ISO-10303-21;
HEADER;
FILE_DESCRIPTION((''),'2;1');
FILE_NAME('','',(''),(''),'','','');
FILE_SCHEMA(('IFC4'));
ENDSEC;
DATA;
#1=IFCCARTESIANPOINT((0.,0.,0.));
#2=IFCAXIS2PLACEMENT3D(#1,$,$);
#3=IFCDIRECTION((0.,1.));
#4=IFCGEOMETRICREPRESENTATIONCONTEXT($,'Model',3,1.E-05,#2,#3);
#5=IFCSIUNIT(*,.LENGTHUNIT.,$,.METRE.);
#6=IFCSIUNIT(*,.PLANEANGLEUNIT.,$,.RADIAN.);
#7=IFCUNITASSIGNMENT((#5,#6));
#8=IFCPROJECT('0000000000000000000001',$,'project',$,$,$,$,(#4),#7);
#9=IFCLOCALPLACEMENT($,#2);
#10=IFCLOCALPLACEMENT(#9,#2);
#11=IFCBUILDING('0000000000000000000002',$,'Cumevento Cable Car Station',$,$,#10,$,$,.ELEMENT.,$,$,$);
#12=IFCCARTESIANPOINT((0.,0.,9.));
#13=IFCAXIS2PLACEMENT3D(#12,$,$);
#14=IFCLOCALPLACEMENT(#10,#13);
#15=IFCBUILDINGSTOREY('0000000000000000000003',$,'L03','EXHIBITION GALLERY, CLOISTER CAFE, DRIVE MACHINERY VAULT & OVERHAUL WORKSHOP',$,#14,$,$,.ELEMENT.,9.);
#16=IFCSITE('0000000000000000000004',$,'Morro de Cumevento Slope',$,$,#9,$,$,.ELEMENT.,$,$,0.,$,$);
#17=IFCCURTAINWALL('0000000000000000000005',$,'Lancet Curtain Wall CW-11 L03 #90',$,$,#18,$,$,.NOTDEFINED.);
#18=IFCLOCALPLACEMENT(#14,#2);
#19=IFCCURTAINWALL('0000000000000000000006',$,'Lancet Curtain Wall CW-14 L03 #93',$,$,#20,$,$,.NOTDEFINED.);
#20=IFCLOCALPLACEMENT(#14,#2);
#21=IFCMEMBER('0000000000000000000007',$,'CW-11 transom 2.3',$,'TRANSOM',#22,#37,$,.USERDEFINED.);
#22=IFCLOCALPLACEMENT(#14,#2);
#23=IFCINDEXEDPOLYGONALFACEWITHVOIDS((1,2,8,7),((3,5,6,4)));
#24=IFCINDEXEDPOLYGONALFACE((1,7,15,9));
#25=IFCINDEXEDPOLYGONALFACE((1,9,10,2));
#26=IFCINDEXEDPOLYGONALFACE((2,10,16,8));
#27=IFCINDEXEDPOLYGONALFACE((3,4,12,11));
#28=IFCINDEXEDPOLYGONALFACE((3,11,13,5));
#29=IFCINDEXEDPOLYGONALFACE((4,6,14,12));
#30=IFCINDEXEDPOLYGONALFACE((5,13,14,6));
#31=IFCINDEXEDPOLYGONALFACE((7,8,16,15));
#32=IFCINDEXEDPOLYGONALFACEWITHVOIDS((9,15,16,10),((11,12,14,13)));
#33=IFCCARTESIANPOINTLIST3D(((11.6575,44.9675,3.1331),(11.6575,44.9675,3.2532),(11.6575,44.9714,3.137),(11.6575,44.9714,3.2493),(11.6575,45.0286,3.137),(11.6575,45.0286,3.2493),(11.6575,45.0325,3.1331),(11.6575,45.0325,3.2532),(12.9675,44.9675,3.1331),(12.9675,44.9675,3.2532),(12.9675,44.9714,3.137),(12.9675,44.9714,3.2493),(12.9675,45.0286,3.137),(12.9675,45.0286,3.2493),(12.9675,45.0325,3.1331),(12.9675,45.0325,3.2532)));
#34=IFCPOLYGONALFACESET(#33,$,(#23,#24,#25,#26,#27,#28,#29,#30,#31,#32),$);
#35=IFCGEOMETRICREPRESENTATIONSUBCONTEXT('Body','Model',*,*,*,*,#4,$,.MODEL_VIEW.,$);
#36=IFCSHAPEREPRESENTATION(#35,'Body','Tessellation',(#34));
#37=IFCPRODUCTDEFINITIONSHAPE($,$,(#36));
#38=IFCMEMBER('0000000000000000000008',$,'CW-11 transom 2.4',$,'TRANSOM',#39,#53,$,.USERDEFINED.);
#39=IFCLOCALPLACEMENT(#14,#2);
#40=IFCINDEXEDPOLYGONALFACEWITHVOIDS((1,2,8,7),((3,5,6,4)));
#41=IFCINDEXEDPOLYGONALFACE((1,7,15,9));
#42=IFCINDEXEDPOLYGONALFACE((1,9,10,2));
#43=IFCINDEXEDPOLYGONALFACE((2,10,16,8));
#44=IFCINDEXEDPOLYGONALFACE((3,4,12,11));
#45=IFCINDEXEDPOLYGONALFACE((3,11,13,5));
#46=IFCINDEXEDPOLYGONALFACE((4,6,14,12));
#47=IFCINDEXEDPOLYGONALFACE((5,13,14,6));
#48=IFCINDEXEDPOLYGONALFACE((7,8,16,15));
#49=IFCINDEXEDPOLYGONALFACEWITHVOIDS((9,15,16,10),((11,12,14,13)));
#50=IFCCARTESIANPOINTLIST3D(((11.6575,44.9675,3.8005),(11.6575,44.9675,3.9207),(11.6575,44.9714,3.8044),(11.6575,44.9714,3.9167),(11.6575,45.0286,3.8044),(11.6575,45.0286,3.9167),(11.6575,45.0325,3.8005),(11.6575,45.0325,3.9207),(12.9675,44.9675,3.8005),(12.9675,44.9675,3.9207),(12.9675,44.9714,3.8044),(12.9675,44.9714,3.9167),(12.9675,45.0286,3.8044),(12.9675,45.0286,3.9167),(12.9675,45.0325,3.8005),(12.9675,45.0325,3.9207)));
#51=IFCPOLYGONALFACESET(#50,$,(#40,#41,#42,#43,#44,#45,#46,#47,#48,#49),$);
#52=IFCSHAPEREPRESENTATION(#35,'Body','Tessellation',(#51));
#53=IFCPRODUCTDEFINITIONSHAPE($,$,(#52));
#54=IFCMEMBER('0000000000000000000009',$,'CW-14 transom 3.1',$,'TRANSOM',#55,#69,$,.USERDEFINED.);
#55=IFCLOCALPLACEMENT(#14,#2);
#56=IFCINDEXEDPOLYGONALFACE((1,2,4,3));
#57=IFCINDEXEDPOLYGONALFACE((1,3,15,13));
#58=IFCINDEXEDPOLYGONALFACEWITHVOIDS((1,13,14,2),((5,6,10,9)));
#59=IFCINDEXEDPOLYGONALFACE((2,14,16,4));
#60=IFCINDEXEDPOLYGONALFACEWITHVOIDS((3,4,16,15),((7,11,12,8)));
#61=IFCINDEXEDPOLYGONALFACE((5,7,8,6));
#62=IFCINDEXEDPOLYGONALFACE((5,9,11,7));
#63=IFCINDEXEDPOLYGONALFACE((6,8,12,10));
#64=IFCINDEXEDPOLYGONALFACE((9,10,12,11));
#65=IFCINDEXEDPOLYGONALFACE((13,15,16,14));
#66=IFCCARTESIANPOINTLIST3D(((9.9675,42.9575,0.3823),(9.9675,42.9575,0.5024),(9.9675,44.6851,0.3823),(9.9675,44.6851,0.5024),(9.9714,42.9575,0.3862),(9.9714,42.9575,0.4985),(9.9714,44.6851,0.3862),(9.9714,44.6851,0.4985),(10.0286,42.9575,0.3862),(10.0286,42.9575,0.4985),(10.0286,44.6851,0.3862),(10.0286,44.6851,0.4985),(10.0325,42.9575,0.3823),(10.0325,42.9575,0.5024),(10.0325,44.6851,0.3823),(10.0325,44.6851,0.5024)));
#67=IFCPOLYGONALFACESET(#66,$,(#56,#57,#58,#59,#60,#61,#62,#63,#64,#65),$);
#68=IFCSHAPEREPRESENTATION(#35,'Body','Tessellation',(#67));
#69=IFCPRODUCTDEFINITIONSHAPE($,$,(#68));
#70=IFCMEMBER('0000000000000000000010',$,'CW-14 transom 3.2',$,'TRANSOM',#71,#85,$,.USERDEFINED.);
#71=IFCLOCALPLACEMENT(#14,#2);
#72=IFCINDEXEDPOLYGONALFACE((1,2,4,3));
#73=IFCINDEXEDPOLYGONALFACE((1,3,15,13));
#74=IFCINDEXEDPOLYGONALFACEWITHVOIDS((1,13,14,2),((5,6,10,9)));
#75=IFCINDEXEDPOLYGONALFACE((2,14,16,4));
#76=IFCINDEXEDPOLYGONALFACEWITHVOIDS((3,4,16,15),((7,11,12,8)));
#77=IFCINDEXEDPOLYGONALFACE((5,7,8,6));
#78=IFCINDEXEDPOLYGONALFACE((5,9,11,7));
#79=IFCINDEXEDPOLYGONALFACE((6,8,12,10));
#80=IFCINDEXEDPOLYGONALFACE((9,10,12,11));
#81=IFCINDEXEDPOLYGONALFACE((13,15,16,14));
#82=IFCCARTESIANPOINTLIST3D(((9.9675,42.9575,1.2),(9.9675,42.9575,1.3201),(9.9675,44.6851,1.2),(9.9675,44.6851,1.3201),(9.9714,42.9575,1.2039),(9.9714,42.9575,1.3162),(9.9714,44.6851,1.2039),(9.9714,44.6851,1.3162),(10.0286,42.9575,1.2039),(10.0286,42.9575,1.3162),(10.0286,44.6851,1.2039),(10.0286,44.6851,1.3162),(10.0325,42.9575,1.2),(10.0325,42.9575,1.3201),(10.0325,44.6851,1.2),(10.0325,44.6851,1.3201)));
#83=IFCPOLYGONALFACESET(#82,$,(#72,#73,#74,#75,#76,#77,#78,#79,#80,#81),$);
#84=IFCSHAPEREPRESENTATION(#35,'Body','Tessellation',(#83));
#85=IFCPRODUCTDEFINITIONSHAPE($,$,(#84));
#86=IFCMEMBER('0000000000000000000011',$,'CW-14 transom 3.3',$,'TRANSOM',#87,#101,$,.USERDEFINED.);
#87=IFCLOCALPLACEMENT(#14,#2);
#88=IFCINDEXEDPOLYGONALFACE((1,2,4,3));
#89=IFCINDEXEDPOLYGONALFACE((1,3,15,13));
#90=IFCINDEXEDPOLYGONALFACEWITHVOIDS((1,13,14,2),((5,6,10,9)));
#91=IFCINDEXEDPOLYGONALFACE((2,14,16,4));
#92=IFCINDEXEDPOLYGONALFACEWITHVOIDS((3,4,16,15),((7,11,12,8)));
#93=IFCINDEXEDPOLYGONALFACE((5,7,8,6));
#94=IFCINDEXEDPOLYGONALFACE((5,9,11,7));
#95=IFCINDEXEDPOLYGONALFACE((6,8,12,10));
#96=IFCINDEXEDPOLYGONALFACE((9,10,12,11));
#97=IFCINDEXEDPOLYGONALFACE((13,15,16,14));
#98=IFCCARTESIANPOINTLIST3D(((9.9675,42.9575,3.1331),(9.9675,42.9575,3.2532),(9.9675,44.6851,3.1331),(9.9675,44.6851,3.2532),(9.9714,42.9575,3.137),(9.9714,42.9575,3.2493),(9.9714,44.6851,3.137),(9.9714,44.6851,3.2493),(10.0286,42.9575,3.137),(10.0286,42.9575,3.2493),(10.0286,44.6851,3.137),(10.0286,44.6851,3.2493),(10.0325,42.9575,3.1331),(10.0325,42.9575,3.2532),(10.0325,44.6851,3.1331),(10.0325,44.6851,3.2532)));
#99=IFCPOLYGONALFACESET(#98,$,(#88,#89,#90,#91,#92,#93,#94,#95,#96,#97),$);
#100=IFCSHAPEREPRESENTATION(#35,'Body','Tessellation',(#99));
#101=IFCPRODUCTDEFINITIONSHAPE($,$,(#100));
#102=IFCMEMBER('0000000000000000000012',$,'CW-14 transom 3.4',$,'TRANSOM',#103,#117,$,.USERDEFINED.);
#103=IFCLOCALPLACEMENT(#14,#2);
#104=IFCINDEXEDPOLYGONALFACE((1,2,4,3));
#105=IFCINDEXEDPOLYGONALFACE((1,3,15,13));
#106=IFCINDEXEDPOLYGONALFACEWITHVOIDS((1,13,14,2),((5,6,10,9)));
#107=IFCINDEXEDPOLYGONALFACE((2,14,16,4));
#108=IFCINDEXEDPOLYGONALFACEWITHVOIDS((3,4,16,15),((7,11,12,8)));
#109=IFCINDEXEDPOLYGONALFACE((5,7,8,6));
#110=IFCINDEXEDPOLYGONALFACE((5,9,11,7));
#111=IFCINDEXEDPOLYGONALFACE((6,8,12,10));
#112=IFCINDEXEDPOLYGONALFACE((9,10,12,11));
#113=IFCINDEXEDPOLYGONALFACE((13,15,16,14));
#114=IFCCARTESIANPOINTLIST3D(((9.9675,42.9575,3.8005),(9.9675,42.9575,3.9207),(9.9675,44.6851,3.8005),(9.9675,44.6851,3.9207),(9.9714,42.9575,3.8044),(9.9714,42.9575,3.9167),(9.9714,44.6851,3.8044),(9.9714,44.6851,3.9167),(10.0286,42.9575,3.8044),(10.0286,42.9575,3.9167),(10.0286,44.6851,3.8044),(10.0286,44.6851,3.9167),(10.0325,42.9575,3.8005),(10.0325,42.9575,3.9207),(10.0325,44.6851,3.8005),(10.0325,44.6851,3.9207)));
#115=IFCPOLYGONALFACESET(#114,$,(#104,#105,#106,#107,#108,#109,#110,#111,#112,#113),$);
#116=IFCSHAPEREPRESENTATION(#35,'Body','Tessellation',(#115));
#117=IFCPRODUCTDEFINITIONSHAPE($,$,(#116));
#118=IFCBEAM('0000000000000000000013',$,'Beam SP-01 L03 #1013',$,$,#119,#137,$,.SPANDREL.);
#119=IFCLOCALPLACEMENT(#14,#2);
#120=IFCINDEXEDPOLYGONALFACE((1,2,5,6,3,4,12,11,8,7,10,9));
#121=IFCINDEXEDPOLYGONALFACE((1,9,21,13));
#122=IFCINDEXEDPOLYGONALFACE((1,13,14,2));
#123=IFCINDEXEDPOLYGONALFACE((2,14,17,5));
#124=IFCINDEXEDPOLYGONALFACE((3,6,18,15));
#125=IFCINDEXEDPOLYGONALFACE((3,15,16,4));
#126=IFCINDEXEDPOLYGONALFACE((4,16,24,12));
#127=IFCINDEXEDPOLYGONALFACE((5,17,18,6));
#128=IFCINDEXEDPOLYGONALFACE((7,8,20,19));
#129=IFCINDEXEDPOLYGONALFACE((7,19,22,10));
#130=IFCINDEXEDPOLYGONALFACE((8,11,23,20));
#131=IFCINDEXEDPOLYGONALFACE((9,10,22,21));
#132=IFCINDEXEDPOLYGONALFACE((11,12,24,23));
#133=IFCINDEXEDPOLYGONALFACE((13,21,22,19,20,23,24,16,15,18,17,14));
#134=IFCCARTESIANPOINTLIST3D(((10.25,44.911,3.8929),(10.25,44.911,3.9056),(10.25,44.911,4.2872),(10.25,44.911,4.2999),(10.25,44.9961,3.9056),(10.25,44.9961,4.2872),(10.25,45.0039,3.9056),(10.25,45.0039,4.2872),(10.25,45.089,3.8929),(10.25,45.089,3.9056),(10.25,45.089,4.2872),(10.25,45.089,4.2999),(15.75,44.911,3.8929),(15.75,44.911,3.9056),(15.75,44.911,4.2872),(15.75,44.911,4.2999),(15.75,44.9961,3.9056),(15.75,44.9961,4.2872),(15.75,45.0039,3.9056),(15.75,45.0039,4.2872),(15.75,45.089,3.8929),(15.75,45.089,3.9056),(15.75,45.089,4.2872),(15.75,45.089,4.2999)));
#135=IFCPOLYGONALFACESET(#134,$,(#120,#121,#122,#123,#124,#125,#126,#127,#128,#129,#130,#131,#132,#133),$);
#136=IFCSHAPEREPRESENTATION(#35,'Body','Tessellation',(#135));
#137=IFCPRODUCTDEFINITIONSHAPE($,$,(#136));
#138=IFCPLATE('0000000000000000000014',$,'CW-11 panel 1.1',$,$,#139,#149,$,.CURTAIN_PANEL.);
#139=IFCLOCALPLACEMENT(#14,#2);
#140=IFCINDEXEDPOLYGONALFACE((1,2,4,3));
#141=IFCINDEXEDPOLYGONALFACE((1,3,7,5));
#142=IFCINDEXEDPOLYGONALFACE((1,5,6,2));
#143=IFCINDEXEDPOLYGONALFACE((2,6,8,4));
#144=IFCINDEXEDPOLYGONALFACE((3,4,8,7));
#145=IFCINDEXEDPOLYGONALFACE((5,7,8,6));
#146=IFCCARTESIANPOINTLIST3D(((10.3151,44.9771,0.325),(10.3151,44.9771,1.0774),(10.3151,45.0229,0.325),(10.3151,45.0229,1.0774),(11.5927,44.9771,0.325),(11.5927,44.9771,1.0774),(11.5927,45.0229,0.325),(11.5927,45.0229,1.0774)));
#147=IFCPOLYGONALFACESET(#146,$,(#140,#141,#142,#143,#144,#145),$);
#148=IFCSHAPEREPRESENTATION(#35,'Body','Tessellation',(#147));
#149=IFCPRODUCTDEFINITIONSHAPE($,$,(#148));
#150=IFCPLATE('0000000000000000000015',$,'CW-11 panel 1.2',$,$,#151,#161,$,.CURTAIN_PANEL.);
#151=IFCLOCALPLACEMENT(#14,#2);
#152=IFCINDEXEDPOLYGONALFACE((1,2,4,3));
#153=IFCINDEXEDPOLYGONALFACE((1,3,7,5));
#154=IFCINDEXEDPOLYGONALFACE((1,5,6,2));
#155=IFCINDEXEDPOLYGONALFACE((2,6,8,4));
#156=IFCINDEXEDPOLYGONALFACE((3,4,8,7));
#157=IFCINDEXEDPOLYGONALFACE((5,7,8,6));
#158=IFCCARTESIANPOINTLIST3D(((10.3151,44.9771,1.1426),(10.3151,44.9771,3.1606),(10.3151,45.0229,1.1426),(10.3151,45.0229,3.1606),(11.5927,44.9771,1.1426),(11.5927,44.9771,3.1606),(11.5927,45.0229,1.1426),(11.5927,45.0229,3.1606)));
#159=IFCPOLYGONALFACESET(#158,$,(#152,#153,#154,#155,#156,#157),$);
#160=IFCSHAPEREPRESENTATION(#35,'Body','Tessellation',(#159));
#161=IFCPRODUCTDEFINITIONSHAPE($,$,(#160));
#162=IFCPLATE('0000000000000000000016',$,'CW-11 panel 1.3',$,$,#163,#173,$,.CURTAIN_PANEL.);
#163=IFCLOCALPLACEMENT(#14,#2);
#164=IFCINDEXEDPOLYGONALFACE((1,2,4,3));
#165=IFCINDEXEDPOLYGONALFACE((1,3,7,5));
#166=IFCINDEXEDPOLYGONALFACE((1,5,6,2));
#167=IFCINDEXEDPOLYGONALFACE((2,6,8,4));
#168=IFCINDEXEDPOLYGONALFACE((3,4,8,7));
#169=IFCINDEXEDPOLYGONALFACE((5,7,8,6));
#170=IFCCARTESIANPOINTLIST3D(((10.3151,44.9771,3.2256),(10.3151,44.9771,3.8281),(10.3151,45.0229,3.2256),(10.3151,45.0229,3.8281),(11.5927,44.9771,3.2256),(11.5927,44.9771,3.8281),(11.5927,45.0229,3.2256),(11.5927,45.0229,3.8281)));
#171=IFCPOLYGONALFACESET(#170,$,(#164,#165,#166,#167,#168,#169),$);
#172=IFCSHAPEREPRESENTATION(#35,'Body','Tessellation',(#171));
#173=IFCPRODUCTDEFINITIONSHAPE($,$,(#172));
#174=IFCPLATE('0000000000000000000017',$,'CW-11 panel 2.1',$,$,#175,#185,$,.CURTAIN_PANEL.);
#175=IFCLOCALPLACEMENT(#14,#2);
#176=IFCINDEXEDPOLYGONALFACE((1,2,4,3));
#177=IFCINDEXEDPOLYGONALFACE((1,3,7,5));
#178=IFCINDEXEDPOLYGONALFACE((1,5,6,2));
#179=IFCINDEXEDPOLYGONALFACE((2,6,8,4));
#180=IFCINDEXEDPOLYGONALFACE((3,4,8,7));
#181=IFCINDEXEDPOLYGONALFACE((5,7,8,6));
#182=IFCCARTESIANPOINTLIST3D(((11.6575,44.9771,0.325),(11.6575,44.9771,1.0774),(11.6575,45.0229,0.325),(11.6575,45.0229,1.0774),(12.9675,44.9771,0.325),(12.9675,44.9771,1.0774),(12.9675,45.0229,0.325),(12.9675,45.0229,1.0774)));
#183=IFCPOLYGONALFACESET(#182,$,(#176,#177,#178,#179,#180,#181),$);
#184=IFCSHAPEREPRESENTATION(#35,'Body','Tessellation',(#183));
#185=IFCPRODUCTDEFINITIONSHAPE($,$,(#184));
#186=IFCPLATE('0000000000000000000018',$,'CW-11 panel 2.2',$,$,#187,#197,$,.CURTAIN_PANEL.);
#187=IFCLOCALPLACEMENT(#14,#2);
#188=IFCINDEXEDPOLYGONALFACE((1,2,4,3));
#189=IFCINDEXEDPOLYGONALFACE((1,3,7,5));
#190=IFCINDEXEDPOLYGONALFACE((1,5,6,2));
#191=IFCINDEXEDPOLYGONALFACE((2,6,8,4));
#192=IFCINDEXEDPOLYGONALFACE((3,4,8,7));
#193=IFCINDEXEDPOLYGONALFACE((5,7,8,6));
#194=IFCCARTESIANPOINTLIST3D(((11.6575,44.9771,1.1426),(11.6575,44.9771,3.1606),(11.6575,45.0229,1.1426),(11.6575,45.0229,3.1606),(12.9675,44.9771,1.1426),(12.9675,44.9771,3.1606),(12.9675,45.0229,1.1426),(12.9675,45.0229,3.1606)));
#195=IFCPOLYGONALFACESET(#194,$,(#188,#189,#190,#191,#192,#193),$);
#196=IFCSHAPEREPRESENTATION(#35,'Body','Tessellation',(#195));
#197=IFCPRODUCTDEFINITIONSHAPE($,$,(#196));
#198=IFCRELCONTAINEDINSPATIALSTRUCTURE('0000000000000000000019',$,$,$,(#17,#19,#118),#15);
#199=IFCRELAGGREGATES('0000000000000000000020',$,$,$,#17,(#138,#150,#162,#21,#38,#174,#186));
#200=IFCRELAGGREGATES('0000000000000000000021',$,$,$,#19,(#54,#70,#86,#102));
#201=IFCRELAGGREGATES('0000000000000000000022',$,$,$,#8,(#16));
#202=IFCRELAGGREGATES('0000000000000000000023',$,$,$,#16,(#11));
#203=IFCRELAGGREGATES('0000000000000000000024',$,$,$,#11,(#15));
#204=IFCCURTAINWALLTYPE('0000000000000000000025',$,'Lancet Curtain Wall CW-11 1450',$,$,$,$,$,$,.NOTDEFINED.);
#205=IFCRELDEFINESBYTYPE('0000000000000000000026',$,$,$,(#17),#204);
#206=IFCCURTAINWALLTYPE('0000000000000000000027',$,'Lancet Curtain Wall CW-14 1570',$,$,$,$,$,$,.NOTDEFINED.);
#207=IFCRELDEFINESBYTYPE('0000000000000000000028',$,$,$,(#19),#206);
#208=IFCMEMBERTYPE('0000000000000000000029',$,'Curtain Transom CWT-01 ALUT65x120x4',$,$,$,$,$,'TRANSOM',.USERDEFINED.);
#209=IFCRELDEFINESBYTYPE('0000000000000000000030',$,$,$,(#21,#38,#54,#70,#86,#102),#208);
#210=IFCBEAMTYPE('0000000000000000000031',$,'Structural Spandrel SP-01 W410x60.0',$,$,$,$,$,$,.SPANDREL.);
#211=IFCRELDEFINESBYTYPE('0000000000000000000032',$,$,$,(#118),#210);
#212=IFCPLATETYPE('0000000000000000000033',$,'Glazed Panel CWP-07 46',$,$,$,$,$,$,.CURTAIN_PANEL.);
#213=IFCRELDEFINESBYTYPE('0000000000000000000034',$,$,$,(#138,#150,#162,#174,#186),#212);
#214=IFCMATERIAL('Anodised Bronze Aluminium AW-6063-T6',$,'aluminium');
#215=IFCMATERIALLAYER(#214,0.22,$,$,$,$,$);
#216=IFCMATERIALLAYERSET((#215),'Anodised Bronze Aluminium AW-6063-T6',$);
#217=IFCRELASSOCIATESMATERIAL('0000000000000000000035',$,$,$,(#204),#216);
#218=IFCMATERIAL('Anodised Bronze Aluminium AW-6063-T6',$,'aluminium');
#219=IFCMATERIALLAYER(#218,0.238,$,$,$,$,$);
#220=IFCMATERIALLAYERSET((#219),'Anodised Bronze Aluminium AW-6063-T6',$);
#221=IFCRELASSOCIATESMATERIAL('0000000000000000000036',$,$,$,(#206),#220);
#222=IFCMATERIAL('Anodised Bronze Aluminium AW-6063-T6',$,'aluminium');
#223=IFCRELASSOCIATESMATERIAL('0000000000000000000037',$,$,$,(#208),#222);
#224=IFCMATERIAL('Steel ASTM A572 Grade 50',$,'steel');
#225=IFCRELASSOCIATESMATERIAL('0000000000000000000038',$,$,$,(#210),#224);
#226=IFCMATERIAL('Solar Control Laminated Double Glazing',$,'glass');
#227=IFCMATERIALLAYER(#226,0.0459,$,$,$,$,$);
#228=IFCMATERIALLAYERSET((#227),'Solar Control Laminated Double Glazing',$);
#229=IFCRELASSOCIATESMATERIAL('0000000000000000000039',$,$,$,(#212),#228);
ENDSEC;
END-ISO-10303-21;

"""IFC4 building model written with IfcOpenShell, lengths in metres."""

from ifc_helpers import new_model, si_unit, direction, frame, origin, origin_2d, place, context, subcontext, project, spatial, rectangle, hollow_rectangle, i_section, extrude, material, layer, layer_set, material_profile, profile_set, type_object, element, aggregate, save


model = new_model("IFC4")

# Units and contexts
model_context = context("Model", 3, precision=1e-05, world=origin(), true_north=direction((0.0, 1.0)))
body_context = subcontext(model_context, "Body", "Model", "MODEL_VIEW")
ifc_project = project(units=[si_unit("LENGTHUNIT", "METRE"), si_unit("PLANEANGLEUNIT", "RADIAN")], contexts=[model_context])

# Site, building, storey
site_placement = place(None, origin())
site = spatial("IfcSite", under=ifc_project, at=site_placement, Name="Morro de Cumevento Slope", CompositionType="ELEMENT", RefElevation=0.0)
building_placement = place(site_placement, origin())
building = spatial("IfcBuilding", under=site, at=building_placement, Name="Cumevento Cable Car Station", CompositionType="ELEMENT")
storey_placement = place(building_placement, frame((0.0, 0.0, 9.0)))
storey = spatial("IfcBuildingStorey", under=building, at=storey_placement, Name="L03", Description="EXHIBITION GALLERY, CLOISTER CAFE, DRIVE MACHINERY VAULT & OVERHAUL WORKSHOP", CompositionType="ELEMENT", Elevation=9.0)

# Curtain walls
ifc_material_1 = material(Name="Anodised Bronze Aluminium AW-6063-T6", Category="aluminium")
ifc_layer_1 = layer(ifc_material_1, 0.22)
ifc_layer_set_1 = layer_set([ifc_layer_1], Name="Anodised Bronze Aluminium AW-6063-T6")
curtain_wall_type_1 = type_object("IfcCurtainWallType", Name="Lancet Curtain Wall CW-11 1450", PredefinedType="NOTDEFINED", material=ifc_layer_set_1)
curtain_wall_1_placement = place(storey_placement, origin())
curtain_wall_1 = element("IfcCurtainWall", 1, at=curtain_wall_1_placement, inside=storey, type_object=curtain_wall_type_1, Name="Lancet Curtain Wall CW-11 L03 #90", PredefinedType="NOTDEFINED")
ifc_material_2 = material(Name="Anodised Bronze Aluminium AW-6063-T6", Category="aluminium")
ifc_layer_2 = layer(ifc_material_2, 0.238)
ifc_layer_set_2 = layer_set([ifc_layer_2], Name="Anodised Bronze Aluminium AW-6063-T6")
curtain_wall_type_2 = type_object("IfcCurtainWallType", Name="Lancet Curtain Wall CW-14 1570", PredefinedType="NOTDEFINED", material=ifc_layer_set_2)
curtain_wall_2_placement = place(storey_placement, origin())
curtain_wall_2 = element("IfcCurtainWall", 2, at=curtain_wall_2_placement, inside=storey, type_object=curtain_wall_type_2, Name="Lancet Curtain Wall CW-14 L03 #93", PredefinedType="NOTDEFINED")

# Members
ifc_material_3 = material(Name="Anodised Bronze Aluminium AW-6063-T6", Category="aluminium")
ifc_material_profile_1 = material_profile(ifc_material_3, hollow_rectangle(XDim=0.0649, YDim=0.1201, WallThickness=0.0039, at=origin_2d()), Name="ALUT65x120x4")
ifc_profile_set_1 = profile_set([ifc_material_profile_1], Name="Anodised Bronze Aluminium AW-6063-T6")
member_type_1 = type_object("IfcMemberType", Name="Curtain Transom CWT-01 ALUT65x120x4", ElementType="TRANSOM", PredefinedType="USERDEFINED", material=ifc_profile_set_1)
member_1_placement = place(storey_placement, frame((11.6575, 45.0, 3.1931), z_axis=(1.0, 0.0, 0.0), x_axis=(0.0, 1.0, 0.0)))
member_1 = element("IfcMember", 3, at=member_1_placement, type_object=member_type_1, Name="CW-11 transom 2.3", ObjectType="TRANSOM", PredefinedType="USERDEFINED", context=body_context, shape_type="SweptSolid", body=[
    extrude(hollow_rectangle(XDim=0.0649, YDim=0.1201, WallThickness=0.0039, at=origin_2d()), origin(), (0.0, 0.0, 1.0), 1.3101),
])
member_2_placement = place(storey_placement, frame((11.6575, 45.0, 3.8606), z_axis=(1.0, 0.0, 0.0), x_axis=(0.0, 1.0, 0.0)))
member_2 = element("IfcMember", 4, at=member_2_placement, type_object=member_type_1, Name="CW-11 transom 2.4", ObjectType="TRANSOM", PredefinedType="USERDEFINED", context=body_context, shape_type="SweptSolid", body=[
    extrude(hollow_rectangle(XDim=0.0649, YDim=0.1201, WallThickness=0.0039, at=origin_2d()), origin(), (0.0, 0.0, 1.0), 1.3101),
])
member_3_placement = place(storey_placement, frame((10.0, 42.9575, 0.4424), z_axis=(0.0, 1.0, 0.0), x_axis=(-1.0, 0.0, 0.0)))
member_3 = element("IfcMember", 5, at=member_3_placement, type_object=member_type_1, Name="CW-14 transom 3.1", ObjectType="TRANSOM", PredefinedType="USERDEFINED", context=body_context, shape_type="SweptSolid", body=[
    extrude(hollow_rectangle(XDim=0.0649, YDim=0.1201, WallThickness=0.0039, at=origin_2d()), origin(), (0.0, 0.0, 1.0), 1.7275),
])
member_4_placement = place(storey_placement, frame((10.0, 42.9575, 1.26), z_axis=(0.0, 1.0, 0.0), x_axis=(-1.0, 0.0, 0.0)))
member_4 = element("IfcMember", 6, at=member_4_placement, type_object=member_type_1, Name="CW-14 transom 3.2", ObjectType="TRANSOM", PredefinedType="USERDEFINED", context=body_context, shape_type="SweptSolid", body=[
    extrude(hollow_rectangle(XDim=0.0649, YDim=0.1201, WallThickness=0.0039, at=origin_2d()), origin(), (0.0, 0.0, 1.0), 1.7275),
])
member_5_placement = place(storey_placement, frame((10.0, 42.9575, 3.1931), z_axis=(0.0, 1.0, 0.0), x_axis=(-1.0, 0.0, 0.0)))
member_5 = element("IfcMember", 7, at=member_5_placement, type_object=member_type_1, Name="CW-14 transom 3.3", ObjectType="TRANSOM", PredefinedType="USERDEFINED", context=body_context, shape_type="SweptSolid", body=[
    extrude(hollow_rectangle(XDim=0.0649, YDim=0.1201, WallThickness=0.0039, at=origin_2d()), origin(), (0.0, 0.0, 1.0), 1.7275),
])
member_6_placement = place(storey_placement, frame((10.0, 42.9575, 3.8606), z_axis=(0.0, 1.0, 0.0), x_axis=(-1.0, 0.0, 0.0)))
member_6 = element("IfcMember", 8, at=member_6_placement, type_object=member_type_1, Name="CW-14 transom 3.4", ObjectType="TRANSOM", PredefinedType="USERDEFINED", context=body_context, shape_type="SweptSolid", body=[
    extrude(hollow_rectangle(XDim=0.0649, YDim=0.1201, WallThickness=0.0039, at=origin_2d()), origin(), (0.0, 0.0, 1.0), 1.7275),
])

# Beam
ifc_material_4 = material(Name="Steel ASTM A572 Grade 50", Category="steel")
ifc_material_profile_2 = material_profile(ifc_material_4, i_section(OverallWidth=0.178, OverallDepth=0.407, WebThickness=0.0078, FlangeThickness=0.0127, at=origin_2d()), Name="W410x60.0")
ifc_profile_set_2 = profile_set([ifc_material_profile_2], Name="Steel ASTM A572 Grade 50")
beam_type = type_object("IfcBeamType", Name="Structural Spandrel SP-01 W410x60.0", PredefinedType="SPANDREL", material=ifc_profile_set_2)
beam_placement = place(storey_placement, frame((10.25, 45.0, 4.0964), z_axis=(1.0, 0.0, 0.0), x_axis=(0.0, 1.0, 0.0)))
element("IfcBeam", 9, at=beam_placement, inside=storey, type_object=beam_type, Name="Beam SP-01 L03 #1013", PredefinedType="SPANDREL", context=body_context, shape_type="SweptSolid", body=[
    extrude(i_section(OverallWidth=0.178, OverallDepth=0.407, WebThickness=0.0078, FlangeThickness=0.0127, at=origin_2d()), origin(), (0.0, 0.0, 1.0), 5.5),
])

# Plates
ifc_material_5 = material(Name="Solar Control Laminated Double Glazing", Category="glass")
ifc_layer_3 = layer(ifc_material_5, 0.0459)
ifc_layer_set_3 = layer_set([ifc_layer_3], Name="Solar Control Laminated Double Glazing")
plate_type_1 = type_object("IfcPlateType", Name="Glazed Panel CWP-07 46", PredefinedType="CURTAIN_PANEL", material=ifc_layer_set_3)
plate_1_placement = place(storey_placement, frame((10.9539, 45.0, 0.325), z_axis=(0.0, 0.0, 1.0), x_axis=(1.0, 0.0, 0.0)))
plate_1 = element("IfcPlate", 10, at=plate_1_placement, type_object=plate_type_1, Name="CW-11 panel 1.1", PredefinedType="CURTAIN_PANEL", context=body_context, shape_type="SweptSolid", body=[
    extrude(rectangle(XDim=1.2776, YDim=0.0459, at=origin_2d()), origin(), (0.0, 0.0, 1.0), 0.7524),
])
plate_2_placement = place(storey_placement, frame((10.9539, 45.0, 1.1426), z_axis=(0.0, 0.0, 1.0), x_axis=(1.0, 0.0, 0.0)))
plate_2 = element("IfcPlate", 11, at=plate_2_placement, type_object=plate_type_1, Name="CW-11 panel 1.2", PredefinedType="CURTAIN_PANEL", context=body_context, shape_type="SweptSolid", body=[
    extrude(rectangle(XDim=1.2776, YDim=0.0459, at=origin_2d()), origin(), (0.0, 0.0, 1.0), 2.0181),
])
plate_3_placement = place(storey_placement, frame((10.9539, 45.0, 3.2256), z_axis=(0.0, 0.0, 1.0), x_axis=(1.0, 0.0, 0.0)))
plate_3 = element("IfcPlate", 12, at=plate_3_placement, type_object=plate_type_1, Name="CW-11 panel 1.3", PredefinedType="CURTAIN_PANEL", context=body_context, shape_type="SweptSolid", body=[
    extrude(rectangle(XDim=1.2776, YDim=0.0459, at=origin_2d()), origin(), (0.0, 0.0, 1.0), 0.6025),
])
plate_4_placement = place(storey_placement, frame((12.3125, 45.0, 0.325), z_axis=(0.0, 0.0, 1.0), x_axis=(1.0, 0.0, 0.0)))
plate_4 = element("IfcPlate", 13, at=plate_4_placement, type_object=plate_type_1, Name="CW-11 panel 2.1", PredefinedType="CURTAIN_PANEL", context=body_context, shape_type="SweptSolid", body=[
    extrude(rectangle(XDim=1.3101, YDim=0.0459, at=origin_2d()), origin(), (0.0, 0.0, 1.0), 0.7524),
])
plate_5_placement = place(storey_placement, frame((12.3125, 45.0, 1.1426), z_axis=(0.0, 0.0, 1.0), x_axis=(1.0, 0.0, 0.0)))
plate_5 = element("IfcPlate", 14, at=plate_5_placement, type_object=plate_type_1, Name="CW-11 panel 2.2", PredefinedType="CURTAIN_PANEL", context=body_context, shape_type="SweptSolid", body=[
    extrude(rectangle(XDim=1.3101, YDim=0.0459, at=origin_2d()), origin(), (0.0, 0.0, 1.0), 2.0181),
])
aggregate(curtain_wall_1, [plate_1, plate_2, plate_3, member_1, member_2, plate_4, plate_5])
aggregate(curtain_wall_2, [member_3, member_4, member_5, member_6])

save(model, "model.ifc")
